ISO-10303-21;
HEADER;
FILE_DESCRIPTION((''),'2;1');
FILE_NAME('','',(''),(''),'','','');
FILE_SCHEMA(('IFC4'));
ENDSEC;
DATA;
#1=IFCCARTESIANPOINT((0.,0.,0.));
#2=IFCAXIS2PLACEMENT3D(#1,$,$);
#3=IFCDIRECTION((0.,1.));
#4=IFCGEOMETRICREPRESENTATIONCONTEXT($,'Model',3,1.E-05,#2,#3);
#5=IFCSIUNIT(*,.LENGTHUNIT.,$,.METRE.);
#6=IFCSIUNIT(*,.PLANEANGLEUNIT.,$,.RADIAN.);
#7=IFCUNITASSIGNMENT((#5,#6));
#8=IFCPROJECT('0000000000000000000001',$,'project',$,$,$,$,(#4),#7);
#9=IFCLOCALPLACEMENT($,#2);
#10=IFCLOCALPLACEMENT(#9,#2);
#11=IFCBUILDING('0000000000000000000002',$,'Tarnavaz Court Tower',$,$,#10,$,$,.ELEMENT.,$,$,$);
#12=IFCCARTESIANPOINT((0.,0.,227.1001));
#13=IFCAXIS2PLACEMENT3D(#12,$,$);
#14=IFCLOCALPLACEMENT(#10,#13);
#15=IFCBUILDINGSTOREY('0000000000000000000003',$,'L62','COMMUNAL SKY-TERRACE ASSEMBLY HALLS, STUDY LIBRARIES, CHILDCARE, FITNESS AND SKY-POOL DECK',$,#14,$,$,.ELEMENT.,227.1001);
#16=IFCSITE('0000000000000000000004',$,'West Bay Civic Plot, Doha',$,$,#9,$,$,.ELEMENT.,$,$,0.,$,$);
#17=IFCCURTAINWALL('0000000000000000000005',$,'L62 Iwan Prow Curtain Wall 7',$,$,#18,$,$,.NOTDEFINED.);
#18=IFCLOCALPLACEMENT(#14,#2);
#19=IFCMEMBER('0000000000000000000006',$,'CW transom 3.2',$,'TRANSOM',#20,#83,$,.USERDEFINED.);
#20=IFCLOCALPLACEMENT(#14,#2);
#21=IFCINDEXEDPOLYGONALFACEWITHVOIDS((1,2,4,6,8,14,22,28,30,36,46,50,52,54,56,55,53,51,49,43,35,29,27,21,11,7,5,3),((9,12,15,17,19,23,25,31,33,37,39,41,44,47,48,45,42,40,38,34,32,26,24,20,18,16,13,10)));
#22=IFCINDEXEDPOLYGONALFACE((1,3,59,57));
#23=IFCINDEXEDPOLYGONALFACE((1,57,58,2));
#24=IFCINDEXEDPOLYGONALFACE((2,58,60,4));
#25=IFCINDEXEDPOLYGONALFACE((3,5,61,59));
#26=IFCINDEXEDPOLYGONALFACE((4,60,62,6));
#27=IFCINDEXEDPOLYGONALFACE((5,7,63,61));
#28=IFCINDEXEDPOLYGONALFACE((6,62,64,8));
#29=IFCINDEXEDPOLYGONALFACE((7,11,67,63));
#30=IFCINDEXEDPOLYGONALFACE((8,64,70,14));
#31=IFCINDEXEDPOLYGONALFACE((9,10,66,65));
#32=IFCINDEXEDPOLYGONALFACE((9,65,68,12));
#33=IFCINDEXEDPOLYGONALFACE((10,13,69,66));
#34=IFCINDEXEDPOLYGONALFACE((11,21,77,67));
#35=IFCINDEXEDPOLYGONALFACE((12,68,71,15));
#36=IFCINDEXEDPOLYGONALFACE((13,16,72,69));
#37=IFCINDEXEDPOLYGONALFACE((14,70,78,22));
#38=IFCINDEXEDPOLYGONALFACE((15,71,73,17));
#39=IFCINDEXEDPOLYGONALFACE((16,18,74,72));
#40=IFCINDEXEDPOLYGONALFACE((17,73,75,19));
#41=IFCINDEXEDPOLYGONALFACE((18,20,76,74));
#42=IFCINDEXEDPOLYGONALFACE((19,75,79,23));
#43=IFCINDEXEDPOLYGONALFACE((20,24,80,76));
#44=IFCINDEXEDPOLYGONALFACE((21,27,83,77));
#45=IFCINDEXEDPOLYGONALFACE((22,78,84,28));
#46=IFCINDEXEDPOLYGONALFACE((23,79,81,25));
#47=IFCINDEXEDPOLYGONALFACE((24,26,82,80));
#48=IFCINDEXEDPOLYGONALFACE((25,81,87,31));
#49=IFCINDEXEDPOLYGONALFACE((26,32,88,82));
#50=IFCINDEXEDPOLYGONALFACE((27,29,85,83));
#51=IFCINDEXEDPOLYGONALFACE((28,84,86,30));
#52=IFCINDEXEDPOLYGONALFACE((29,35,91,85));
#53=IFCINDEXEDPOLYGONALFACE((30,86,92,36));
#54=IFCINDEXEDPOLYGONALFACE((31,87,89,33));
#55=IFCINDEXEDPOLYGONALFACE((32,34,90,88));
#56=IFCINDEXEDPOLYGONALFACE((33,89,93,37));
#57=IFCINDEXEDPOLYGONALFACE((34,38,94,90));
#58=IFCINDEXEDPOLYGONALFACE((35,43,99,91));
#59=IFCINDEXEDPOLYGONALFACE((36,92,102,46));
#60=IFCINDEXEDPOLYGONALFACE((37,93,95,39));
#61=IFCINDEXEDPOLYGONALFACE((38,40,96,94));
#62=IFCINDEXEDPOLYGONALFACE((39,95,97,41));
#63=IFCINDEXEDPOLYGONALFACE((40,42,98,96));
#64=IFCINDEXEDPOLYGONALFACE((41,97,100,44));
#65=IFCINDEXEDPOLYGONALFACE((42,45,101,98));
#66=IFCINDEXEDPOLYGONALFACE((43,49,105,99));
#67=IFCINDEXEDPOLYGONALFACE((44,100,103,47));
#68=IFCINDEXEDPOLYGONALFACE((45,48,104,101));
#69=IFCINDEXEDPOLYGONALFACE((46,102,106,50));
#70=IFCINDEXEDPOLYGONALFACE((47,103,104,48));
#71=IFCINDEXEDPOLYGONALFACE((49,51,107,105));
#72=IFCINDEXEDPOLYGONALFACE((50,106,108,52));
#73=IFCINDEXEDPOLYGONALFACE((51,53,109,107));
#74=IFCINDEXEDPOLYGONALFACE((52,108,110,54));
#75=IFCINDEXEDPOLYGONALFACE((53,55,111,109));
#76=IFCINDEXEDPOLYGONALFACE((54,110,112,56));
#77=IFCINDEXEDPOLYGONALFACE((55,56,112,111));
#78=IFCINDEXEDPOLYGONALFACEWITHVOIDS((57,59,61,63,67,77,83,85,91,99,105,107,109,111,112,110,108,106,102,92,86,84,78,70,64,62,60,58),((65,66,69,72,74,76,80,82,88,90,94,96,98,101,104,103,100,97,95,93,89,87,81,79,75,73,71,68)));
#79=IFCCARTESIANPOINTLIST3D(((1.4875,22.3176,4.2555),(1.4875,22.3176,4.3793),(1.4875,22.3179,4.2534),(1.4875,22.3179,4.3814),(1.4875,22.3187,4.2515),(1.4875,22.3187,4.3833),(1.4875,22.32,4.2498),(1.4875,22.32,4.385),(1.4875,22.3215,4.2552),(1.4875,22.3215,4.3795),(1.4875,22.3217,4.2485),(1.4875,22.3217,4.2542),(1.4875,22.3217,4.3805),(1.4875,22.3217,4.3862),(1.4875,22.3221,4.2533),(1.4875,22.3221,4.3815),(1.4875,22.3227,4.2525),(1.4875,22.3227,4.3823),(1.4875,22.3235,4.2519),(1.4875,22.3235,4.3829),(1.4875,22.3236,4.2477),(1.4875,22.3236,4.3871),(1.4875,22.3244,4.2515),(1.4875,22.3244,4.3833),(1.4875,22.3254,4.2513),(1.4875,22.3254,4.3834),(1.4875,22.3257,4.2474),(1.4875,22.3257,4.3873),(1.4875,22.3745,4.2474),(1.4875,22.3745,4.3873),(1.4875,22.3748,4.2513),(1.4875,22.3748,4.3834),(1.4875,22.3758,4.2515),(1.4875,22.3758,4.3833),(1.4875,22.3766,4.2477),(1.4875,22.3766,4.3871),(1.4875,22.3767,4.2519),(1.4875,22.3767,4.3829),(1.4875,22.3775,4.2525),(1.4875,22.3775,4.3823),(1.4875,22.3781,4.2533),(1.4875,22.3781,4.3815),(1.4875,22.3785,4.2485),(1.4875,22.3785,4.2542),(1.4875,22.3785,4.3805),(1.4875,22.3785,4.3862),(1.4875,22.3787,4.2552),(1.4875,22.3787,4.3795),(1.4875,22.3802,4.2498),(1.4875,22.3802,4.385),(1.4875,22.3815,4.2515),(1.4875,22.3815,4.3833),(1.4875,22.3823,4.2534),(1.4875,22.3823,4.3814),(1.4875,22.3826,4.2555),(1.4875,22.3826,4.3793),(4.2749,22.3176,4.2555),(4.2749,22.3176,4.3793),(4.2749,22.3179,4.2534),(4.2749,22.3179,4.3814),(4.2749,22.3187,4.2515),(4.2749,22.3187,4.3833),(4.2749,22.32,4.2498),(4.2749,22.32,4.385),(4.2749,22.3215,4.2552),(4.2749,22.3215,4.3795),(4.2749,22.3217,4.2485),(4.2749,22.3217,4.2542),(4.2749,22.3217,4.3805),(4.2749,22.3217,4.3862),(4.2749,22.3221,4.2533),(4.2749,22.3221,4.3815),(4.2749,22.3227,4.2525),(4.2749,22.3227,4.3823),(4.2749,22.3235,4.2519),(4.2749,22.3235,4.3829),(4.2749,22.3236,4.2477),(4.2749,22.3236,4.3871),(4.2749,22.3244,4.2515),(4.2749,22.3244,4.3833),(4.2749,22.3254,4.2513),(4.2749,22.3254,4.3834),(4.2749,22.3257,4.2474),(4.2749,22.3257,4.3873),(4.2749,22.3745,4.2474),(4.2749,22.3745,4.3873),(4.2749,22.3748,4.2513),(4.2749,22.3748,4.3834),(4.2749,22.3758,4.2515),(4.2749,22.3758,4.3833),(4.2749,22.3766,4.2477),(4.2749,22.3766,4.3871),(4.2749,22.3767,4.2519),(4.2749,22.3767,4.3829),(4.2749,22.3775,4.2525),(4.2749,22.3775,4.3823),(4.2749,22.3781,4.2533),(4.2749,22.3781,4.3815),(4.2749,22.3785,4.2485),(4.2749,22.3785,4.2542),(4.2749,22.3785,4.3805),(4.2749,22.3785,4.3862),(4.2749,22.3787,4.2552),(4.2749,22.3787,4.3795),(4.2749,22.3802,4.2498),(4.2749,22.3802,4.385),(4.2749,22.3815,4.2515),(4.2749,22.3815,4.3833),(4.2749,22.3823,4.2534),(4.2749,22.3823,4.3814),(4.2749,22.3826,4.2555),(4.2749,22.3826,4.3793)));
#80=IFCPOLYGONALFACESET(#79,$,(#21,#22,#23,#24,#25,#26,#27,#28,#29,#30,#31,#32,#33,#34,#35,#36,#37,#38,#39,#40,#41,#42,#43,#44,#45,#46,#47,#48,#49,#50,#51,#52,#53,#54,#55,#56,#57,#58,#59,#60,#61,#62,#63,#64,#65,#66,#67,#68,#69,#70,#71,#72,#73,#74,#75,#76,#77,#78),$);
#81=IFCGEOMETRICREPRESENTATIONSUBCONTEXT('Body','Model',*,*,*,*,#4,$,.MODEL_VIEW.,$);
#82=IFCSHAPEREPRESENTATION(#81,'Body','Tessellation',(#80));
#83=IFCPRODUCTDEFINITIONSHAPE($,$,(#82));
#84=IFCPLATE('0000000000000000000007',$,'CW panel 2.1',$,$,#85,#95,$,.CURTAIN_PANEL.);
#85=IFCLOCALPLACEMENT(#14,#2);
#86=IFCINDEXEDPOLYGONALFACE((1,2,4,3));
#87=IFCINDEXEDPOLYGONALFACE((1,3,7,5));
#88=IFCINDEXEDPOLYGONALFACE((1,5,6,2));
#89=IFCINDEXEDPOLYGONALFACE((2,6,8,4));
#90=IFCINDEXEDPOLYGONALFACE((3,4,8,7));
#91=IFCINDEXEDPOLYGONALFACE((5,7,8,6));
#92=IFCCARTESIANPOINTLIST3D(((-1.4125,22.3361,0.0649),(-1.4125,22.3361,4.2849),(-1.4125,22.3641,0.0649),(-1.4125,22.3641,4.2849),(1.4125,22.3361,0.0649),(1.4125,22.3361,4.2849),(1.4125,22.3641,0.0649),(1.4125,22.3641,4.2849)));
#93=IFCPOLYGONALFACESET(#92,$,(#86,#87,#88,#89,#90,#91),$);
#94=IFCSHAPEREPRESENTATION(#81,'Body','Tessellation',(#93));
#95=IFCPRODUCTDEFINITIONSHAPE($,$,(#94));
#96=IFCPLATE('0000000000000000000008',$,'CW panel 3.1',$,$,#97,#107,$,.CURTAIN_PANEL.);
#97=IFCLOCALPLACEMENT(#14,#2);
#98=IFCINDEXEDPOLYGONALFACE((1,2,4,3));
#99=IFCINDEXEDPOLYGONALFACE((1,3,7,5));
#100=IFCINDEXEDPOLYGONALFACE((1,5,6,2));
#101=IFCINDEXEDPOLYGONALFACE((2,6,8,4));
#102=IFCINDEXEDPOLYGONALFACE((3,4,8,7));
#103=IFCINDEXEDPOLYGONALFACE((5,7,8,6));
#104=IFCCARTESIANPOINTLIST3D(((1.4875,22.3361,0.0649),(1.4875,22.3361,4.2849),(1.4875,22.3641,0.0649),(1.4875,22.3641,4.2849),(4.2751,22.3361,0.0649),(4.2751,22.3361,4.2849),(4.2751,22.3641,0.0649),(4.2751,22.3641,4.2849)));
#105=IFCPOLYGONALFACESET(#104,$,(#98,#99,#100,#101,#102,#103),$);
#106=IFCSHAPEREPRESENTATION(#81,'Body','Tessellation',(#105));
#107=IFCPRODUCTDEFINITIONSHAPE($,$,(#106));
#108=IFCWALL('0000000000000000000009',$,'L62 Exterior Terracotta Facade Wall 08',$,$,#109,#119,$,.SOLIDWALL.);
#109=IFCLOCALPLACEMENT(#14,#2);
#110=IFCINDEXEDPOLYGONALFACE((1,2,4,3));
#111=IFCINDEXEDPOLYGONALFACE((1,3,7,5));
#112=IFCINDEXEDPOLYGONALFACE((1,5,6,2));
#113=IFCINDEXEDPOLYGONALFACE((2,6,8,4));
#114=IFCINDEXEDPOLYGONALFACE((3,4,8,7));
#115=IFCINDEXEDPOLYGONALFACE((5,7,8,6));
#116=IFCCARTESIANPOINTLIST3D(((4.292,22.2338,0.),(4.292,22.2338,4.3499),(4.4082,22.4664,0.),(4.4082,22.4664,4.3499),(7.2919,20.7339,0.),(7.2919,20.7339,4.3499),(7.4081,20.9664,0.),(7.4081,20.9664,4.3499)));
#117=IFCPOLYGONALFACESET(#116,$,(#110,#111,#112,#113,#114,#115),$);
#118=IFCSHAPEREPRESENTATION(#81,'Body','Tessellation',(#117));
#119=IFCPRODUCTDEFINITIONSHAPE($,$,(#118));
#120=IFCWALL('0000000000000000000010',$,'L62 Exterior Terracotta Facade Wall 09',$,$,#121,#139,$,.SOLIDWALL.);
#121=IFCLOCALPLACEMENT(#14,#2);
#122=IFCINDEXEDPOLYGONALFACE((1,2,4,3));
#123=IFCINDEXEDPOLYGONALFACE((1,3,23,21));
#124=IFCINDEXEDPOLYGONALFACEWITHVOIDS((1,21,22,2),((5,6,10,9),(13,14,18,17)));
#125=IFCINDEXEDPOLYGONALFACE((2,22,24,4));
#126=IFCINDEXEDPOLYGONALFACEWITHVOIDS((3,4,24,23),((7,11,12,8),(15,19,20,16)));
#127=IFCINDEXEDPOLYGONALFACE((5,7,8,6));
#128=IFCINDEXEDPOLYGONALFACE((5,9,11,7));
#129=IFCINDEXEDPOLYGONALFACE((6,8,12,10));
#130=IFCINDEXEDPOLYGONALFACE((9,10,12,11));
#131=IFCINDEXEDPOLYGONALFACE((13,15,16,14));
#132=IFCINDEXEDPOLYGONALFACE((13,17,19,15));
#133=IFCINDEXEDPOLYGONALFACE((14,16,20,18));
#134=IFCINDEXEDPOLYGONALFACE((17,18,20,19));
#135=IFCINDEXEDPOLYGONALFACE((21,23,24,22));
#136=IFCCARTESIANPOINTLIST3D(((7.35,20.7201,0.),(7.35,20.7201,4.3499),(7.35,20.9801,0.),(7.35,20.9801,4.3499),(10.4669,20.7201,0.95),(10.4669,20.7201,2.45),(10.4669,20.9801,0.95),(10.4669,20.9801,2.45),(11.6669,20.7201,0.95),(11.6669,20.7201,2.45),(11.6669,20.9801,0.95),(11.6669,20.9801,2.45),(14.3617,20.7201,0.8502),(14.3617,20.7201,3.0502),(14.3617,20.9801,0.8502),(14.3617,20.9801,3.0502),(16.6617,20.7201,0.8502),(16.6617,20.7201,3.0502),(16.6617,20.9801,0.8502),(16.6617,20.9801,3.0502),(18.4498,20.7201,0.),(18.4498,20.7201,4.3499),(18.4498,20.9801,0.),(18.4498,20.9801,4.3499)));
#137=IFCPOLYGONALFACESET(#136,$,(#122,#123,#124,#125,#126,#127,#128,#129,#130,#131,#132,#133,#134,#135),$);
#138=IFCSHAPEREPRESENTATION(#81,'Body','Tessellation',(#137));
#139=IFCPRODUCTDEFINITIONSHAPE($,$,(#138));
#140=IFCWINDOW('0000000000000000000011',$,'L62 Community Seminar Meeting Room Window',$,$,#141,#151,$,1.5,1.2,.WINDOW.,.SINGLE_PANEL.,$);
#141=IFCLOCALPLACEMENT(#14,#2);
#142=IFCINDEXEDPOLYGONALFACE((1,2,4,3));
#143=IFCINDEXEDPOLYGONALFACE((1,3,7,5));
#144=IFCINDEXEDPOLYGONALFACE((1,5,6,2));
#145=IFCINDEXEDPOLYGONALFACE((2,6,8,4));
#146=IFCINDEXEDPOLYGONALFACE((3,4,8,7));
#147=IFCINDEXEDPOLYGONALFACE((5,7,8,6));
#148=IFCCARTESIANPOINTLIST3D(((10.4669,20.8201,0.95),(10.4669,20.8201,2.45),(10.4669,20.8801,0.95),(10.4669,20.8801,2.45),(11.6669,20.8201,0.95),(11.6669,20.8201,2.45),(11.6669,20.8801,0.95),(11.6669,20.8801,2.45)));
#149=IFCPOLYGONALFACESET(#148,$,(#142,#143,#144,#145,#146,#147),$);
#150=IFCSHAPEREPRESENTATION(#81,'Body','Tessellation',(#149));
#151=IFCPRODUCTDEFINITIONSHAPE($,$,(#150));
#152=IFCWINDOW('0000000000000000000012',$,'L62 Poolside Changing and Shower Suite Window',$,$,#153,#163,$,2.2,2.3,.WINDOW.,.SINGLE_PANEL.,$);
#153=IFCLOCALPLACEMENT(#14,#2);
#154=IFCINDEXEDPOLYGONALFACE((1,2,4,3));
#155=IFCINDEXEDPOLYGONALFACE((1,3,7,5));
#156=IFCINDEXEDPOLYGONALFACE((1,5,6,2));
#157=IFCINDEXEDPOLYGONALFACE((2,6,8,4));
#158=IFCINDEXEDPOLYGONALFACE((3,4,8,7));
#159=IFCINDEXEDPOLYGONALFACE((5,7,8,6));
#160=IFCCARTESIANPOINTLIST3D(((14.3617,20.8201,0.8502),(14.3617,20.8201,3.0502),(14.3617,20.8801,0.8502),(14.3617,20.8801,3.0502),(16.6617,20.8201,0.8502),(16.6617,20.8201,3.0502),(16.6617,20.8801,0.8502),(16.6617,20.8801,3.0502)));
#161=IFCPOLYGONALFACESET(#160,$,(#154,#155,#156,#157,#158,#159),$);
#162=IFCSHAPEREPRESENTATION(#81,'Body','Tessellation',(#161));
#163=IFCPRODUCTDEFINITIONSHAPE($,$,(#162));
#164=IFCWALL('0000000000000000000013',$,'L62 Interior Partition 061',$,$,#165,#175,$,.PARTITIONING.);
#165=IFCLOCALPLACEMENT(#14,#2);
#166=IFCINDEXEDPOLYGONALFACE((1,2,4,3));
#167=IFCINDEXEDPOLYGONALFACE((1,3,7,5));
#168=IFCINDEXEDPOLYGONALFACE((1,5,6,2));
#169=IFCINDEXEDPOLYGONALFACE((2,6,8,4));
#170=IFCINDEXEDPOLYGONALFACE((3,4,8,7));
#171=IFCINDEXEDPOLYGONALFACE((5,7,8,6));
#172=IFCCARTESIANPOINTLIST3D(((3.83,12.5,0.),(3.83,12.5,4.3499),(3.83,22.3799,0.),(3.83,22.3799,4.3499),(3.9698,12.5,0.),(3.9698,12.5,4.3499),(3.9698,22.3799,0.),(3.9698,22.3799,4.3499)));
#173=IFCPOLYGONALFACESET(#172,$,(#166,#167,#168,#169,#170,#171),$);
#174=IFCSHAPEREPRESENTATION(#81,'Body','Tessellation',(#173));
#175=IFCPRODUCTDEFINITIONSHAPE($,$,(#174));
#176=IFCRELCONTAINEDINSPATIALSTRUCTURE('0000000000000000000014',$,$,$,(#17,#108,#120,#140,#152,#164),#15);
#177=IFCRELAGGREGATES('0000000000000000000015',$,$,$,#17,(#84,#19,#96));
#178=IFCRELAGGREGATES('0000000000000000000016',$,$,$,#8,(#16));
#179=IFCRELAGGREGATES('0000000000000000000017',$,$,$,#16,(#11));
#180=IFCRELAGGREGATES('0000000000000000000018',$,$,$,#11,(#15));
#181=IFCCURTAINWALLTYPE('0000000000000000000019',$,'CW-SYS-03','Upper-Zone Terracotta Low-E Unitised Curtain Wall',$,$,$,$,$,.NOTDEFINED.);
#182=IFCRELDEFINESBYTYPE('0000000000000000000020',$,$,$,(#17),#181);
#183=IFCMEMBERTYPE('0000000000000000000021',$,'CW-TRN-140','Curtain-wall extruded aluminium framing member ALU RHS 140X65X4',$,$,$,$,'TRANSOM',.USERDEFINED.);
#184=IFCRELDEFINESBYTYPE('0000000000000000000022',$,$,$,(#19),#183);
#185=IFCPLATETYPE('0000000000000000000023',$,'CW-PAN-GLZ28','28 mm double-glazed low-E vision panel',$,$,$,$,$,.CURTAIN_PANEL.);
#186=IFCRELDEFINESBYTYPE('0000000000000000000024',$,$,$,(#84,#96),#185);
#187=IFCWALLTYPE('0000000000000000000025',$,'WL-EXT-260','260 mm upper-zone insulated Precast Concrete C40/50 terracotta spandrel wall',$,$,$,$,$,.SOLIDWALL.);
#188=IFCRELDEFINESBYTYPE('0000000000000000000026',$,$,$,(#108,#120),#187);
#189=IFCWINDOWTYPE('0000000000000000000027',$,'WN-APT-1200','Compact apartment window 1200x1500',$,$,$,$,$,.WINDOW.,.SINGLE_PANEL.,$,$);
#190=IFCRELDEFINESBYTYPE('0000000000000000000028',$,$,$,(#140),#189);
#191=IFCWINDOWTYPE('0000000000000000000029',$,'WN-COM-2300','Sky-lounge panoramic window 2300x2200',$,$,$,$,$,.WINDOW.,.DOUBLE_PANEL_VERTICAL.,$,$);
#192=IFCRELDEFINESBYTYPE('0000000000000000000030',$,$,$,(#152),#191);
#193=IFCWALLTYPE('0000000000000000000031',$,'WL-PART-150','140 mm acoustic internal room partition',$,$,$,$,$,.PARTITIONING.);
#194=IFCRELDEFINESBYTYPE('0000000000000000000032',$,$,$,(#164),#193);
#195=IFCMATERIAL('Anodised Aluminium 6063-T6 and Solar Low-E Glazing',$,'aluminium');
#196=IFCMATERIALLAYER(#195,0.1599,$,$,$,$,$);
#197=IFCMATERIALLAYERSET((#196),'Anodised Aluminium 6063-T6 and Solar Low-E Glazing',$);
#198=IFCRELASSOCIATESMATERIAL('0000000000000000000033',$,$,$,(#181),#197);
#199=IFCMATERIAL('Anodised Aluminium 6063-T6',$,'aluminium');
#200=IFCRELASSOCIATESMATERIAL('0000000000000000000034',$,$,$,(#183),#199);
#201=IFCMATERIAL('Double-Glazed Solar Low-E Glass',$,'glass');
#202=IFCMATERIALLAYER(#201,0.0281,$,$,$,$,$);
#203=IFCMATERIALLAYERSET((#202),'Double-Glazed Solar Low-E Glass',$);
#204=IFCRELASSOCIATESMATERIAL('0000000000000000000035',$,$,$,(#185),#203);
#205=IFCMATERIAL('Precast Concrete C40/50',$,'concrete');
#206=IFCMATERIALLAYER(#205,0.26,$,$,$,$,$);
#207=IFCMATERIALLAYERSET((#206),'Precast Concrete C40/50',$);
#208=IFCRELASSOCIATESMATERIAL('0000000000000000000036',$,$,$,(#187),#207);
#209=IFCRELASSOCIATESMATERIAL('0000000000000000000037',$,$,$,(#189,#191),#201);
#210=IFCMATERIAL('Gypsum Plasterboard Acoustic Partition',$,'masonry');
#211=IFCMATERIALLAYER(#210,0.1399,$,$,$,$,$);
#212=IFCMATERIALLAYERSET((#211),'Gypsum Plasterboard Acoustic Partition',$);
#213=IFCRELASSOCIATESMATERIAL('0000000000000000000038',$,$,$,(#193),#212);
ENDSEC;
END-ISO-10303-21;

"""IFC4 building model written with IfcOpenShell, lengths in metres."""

from ifc_helpers import new_model, si_unit, direction, frame, frame_2d, origin, origin_2d, place, context, subcontext, project, spatial, rectangle, hollow_rectangle, extrude, material, layer, layer_set, material_profile, profile_set, type_object, element, fill, aggregate, save


model = new_model("IFC4")

# Units and contexts
model_context = context("Model", 3, precision=1e-05, world=origin(), true_north=direction((0.0, 1.0)))
body_context = subcontext(model_context, "Body", "Model", "MODEL_VIEW")
ifc_project = project(units=[si_unit("LENGTHUNIT", "METRE"), si_unit("PLANEANGLEUNIT", "RADIAN")], contexts=[model_context])

# Site, building, storey
site_placement = place(None, origin())
site = spatial("IfcSite", under=ifc_project, at=site_placement, Name="West Bay Civic Plot, Doha", CompositionType="ELEMENT", RefElevation=0.0)
building_placement = place(site_placement, origin())
building = spatial("IfcBuilding", under=site, at=building_placement, Name="Tarnavaz Court Tower", CompositionType="ELEMENT")
storey_placement = place(building_placement, frame((0.0, 0.0, 227.1001)))
storey = spatial("IfcBuildingStorey", under=building, at=storey_placement, Name="L62", Description="COMMUNAL SKY-TERRACE ASSEMBLY HALLS, STUDY LIBRARIES, CHILDCARE, FITNESS AND SKY-POOL DECK", CompositionType="ELEMENT", Elevation=227.1001)

# Curtain wall, member, plates
ifc_material_1 = material(Name="Anodised Aluminium 6063-T6 and Solar Low-E Glazing", Category="aluminium")
ifc_layer_1 = layer(ifc_material_1, 0.1599)
ifc_layer_set_1 = layer_set([ifc_layer_1], Name="Anodised Aluminium 6063-T6 and Solar Low-E Glazing")
curtain_wall_type = type_object("IfcCurtainWallType", Name="CW-SYS-03", Description="Upper-Zone Terracotta Low-E Unitised Curtain Wall", PredefinedType="NOTDEFINED", material=ifc_layer_set_1)
curtain_wall_placement = place(storey_placement, origin())
curtain_wall = element("IfcCurtainWall", 1, at=curtain_wall_placement, inside=storey, type_object=curtain_wall_type, Name="L62 Iwan Prow Curtain Wall 7", PredefinedType="NOTDEFINED")
ifc_material_2 = material(Name="Anodised Aluminium 6063-T6", Category="aluminium")
ifc_material_profile_1 = material_profile(ifc_material_2, hollow_rectangle(XDim=0.0649, YDim=0.1399, WallThickness=0.0039, InnerFilletRadius=0.0039, OuterFilletRadius=0.0081, at=origin_2d()), Name="ALU RHS 140X65X4")
ifc_profile_set_1 = profile_set([ifc_material_profile_1], Name="Anodised Aluminium 6063-T6")
member_type_1 = type_object("IfcMemberType", Name="CW-TRN-140", Description="Curtain-wall extruded aluminium framing member ALU RHS 140X65X4", ElementType="TRANSOM", PredefinedType="USERDEFINED", material=ifc_profile_set_1)
member_1_placement = place(storey_placement, frame((1.4875, 22.3501, 4.3174), z_axis=(1.0, 0.0, 0.0), x_axis=(0.0, 1.0, 0.0)))
member_1 = element("IfcMember", 2, at=member_1_placement, type_object=member_type_1, Name="CW transom 3.2", ObjectType="TRANSOM", PredefinedType="USERDEFINED", context=body_context, shape_type="SweptSolid", body=[
    extrude(hollow_rectangle(XDim=0.0649, YDim=0.1399, WallThickness=0.0039, InnerFilletRadius=0.0039, OuterFilletRadius=0.0081, at=origin_2d()), origin(), (0.0, 0.0, 1.0), 2.7874),
])
ifc_material_3 = material(Name="Double-Glazed Solar Low-E Glass", Category="glass")
ifc_layer_2 = layer(ifc_material_3, 0.0281)
ifc_layer_set_2 = layer_set([ifc_layer_2], Name="Double-Glazed Solar Low-E Glass")
plate_type = type_object("IfcPlateType", Name="CW-PAN-GLZ28", Description="28 mm double-glazed low-E vision panel", PredefinedType="CURTAIN_PANEL", material=ifc_layer_set_2)
plate_1_placement = place(storey_placement, frame((0.0, 22.3501, 0.0649), z_axis=(0.0, 0.0, 1.0), x_axis=(1.0, 0.0, 0.0)))
plate_1 = element("IfcPlate", 3, at=plate_1_placement, type_object=plate_type, Name="CW panel 2.1", PredefinedType="CURTAIN_PANEL", context=body_context, shape_type="SweptSolid", body=[
    extrude(rectangle(XDim=2.825, YDim=0.0281, at=origin_2d()), origin(), (0.0, 0.0, 1.0), 4.22),
])
plate_2_placement = place(storey_placement, frame((2.8813, 22.3501, 0.0649), z_axis=(0.0, 0.0, 1.0), x_axis=(1.0, 0.0, 0.0)))
plate_2 = element("IfcPlate", 4, at=plate_2_placement, type_object=plate_type, Name="CW panel 3.1", PredefinedType="CURTAIN_PANEL", context=body_context, shape_type="SweptSolid", body=[
    extrude(rectangle(XDim=2.7876, YDim=0.0281, at=origin_2d()), origin(), (0.0, 0.0, 1.0), 4.22),
])
aggregate(curtain_wall, [plate_1, member_1, plate_2])

# Wall
ifc_material_4 = material(Name="Precast Concrete C40/50", Category="concrete")
ifc_layer_3 = layer(ifc_material_4, 0.26)
ifc_layer_set_3 = layer_set([ifc_layer_3], Name="Precast Concrete C40/50")
wall_type_1 = type_object("IfcWallType", Name="WL-EXT-260", Description="260 mm upper-zone insulated Precast Concrete C40/50 terracotta spandrel wall", PredefinedType="SOLIDWALL", material=ifc_layer_set_3)
wall_1_placement = place(storey_placement, frame((4.3501, 22.3501, 0.0), z_axis=(0.0, 0.0, 1.0), x_axis=(0.894427, -0.447214, 0.0)))
element("IfcWall", 5, at=wall_1_placement, inside=storey, type_object=wall_type_1, Name="L62 Exterior Terracotta Facade Wall 08", PredefinedType="SOLIDWALL", context=body_context, shape_type="SweptSolid", body=[
    extrude(rectangle(XDim=3.354, YDim=0.26, at=frame_2d((1.677, 0.0))), origin(), (0.0, 0.0, 1.0), 4.3499),
])

# Wall, openings, windows
wall_2_placement = place(storey_placement, frame((7.3501, 20.8501, 0.0), z_axis=(0.0, 0.0, 1.0), x_axis=(1.0, 0.0, 0.0)))
wall_2 = element("IfcWall", 6, at=wall_2_placement, inside=storey, type_object=wall_type_1, Name="L62 Exterior Terracotta Facade Wall 09", PredefinedType="SOLIDWALL", context=body_context, shape_type="SweptSolid", body=[
    extrude(rectangle(XDim=11.0999, YDim=0.26, at=frame_2d((5.5498, 0.0))), origin(), (0.0, 0.0, 1.0), 4.3499),
])
opening_1_placement = place(wall_2_placement, frame((3.1167, 0.0, 0.95)))
opening_1 = element("IfcOpeningElement", 7, at=opening_1_placement, cuts=wall_2, PredefinedType="OPENING", context=body_context, shape_type="SweptSolid", body=[
    extrude(rectangle(XDim=1.2, YDim=1.5, at=frame_2d((0.6001, 0.75))), frame((0.0, 0.1399, 0.0), z_axis=(0.0, -1.0, 0.0), x_axis=(1.0, 0.0, 0.0)), (0.0, 0.0, 1.0), 0.28),
])
opening_2_placement = place(wall_2_placement, frame((7.0117, 0.0, 0.8501)))
opening_2 = element("IfcOpeningElement", 8, at=opening_2_placement, cuts=wall_2, PredefinedType="OPENING", context=body_context, shape_type="SweptSolid", body=[
    extrude(rectangle(XDim=2.3, YDim=2.2, at=frame_2d((1.1499, 1.1001))), frame((0.0, 0.1399, 0.0), z_axis=(0.0, -1.0, 0.0), x_axis=(1.0, 0.0, 0.0)), (0.0, 0.0, 1.0), 0.28),
])
window_type_1 = type_object("IfcWindowType", Name="WN-APT-1200", Description="Compact apartment window 1200x1500", PartitioningType="SINGLE_PANEL", PredefinedType="WINDOW", material=ifc_material_3)
window_1_placement = place(opening_1_placement, origin())
window_1 = element("IfcWindow", 9, at=window_1_placement, inside=storey, type_object=window_type_1, Name="L62 Community Seminar Meeting Room Window", OverallHeight=1.5, OverallWidth=1.2, PartitioningType="SINGLE_PANEL", PredefinedType="WINDOW", context=body_context, shape_type="SweptSolid", body=[
    extrude(rectangle(XDim=1.2, YDim=1.5, at=frame_2d((0.6001, 0.75))), frame((0.0, 0.03, 0.0), z_axis=(0.0, -1.0, 0.0), x_axis=(1.0, 0.0, 0.0)), (0.0, 0.0, 1.0), 0.0601),
])
fill(opening_1, window_1)
window_type_2 = type_object("IfcWindowType", Name="WN-COM-2300", Description="Sky-lounge panoramic window 2300x2200", PartitioningType="DOUBLE_PANEL_VERTICAL", PredefinedType="WINDOW", material=ifc_material_3)
window_2_placement = place(opening_2_placement, origin())
window_2 = element("IfcWindow", 10, at=window_2_placement, inside=storey, type_object=window_type_2, Name="L62 Poolside Changing and Shower Suite Window", OverallHeight=2.2, OverallWidth=2.3, PartitioningType="SINGLE_PANEL", PredefinedType="WINDOW", context=body_context, shape_type="SweptSolid", body=[
    extrude(rectangle(XDim=2.3, YDim=2.2, at=frame_2d((1.1499, 1.1001))), frame((0.0, 0.03, 0.0), z_axis=(0.0, -1.0, 0.0), x_axis=(1.0, 0.0, 0.0)), (0.0, 0.0, 1.0), 0.0601),
])
fill(opening_2, window_2)

# Wall
ifc_material_5 = material(Name="Gypsum Plasterboard Acoustic Partition", Category="masonry")
ifc_layer_4 = layer(ifc_material_5, 0.1399)
ifc_layer_set_4 = layer_set([ifc_layer_4], Name="Gypsum Plasterboard Acoustic Partition")
wall_type_2 = type_object("IfcWallType", Name="WL-PART-150", Description="140 mm acoustic internal room partition", PredefinedType="PARTITIONING", material=ifc_layer_set_4)
wall_3_placement = place(storey_placement, frame((3.8999, 12.5, 0.0), z_axis=(0.0, 0.0, 1.0), x_axis=(0.0, 1.0, 0.0)))
element("IfcWall", 11, at=wall_3_placement, inside=storey, type_object=wall_type_2, Name="L62 Interior Partition 061", PredefinedType="PARTITIONING", context=body_context, shape_type="SweptSolid", body=[
    extrude(rectangle(XDim=9.8799, YDim=0.1399, at=frame_2d((4.9399, 0.0))), origin(), (0.0, 0.0, 1.0), 4.3499),
])

save(model, "model.ifc")
